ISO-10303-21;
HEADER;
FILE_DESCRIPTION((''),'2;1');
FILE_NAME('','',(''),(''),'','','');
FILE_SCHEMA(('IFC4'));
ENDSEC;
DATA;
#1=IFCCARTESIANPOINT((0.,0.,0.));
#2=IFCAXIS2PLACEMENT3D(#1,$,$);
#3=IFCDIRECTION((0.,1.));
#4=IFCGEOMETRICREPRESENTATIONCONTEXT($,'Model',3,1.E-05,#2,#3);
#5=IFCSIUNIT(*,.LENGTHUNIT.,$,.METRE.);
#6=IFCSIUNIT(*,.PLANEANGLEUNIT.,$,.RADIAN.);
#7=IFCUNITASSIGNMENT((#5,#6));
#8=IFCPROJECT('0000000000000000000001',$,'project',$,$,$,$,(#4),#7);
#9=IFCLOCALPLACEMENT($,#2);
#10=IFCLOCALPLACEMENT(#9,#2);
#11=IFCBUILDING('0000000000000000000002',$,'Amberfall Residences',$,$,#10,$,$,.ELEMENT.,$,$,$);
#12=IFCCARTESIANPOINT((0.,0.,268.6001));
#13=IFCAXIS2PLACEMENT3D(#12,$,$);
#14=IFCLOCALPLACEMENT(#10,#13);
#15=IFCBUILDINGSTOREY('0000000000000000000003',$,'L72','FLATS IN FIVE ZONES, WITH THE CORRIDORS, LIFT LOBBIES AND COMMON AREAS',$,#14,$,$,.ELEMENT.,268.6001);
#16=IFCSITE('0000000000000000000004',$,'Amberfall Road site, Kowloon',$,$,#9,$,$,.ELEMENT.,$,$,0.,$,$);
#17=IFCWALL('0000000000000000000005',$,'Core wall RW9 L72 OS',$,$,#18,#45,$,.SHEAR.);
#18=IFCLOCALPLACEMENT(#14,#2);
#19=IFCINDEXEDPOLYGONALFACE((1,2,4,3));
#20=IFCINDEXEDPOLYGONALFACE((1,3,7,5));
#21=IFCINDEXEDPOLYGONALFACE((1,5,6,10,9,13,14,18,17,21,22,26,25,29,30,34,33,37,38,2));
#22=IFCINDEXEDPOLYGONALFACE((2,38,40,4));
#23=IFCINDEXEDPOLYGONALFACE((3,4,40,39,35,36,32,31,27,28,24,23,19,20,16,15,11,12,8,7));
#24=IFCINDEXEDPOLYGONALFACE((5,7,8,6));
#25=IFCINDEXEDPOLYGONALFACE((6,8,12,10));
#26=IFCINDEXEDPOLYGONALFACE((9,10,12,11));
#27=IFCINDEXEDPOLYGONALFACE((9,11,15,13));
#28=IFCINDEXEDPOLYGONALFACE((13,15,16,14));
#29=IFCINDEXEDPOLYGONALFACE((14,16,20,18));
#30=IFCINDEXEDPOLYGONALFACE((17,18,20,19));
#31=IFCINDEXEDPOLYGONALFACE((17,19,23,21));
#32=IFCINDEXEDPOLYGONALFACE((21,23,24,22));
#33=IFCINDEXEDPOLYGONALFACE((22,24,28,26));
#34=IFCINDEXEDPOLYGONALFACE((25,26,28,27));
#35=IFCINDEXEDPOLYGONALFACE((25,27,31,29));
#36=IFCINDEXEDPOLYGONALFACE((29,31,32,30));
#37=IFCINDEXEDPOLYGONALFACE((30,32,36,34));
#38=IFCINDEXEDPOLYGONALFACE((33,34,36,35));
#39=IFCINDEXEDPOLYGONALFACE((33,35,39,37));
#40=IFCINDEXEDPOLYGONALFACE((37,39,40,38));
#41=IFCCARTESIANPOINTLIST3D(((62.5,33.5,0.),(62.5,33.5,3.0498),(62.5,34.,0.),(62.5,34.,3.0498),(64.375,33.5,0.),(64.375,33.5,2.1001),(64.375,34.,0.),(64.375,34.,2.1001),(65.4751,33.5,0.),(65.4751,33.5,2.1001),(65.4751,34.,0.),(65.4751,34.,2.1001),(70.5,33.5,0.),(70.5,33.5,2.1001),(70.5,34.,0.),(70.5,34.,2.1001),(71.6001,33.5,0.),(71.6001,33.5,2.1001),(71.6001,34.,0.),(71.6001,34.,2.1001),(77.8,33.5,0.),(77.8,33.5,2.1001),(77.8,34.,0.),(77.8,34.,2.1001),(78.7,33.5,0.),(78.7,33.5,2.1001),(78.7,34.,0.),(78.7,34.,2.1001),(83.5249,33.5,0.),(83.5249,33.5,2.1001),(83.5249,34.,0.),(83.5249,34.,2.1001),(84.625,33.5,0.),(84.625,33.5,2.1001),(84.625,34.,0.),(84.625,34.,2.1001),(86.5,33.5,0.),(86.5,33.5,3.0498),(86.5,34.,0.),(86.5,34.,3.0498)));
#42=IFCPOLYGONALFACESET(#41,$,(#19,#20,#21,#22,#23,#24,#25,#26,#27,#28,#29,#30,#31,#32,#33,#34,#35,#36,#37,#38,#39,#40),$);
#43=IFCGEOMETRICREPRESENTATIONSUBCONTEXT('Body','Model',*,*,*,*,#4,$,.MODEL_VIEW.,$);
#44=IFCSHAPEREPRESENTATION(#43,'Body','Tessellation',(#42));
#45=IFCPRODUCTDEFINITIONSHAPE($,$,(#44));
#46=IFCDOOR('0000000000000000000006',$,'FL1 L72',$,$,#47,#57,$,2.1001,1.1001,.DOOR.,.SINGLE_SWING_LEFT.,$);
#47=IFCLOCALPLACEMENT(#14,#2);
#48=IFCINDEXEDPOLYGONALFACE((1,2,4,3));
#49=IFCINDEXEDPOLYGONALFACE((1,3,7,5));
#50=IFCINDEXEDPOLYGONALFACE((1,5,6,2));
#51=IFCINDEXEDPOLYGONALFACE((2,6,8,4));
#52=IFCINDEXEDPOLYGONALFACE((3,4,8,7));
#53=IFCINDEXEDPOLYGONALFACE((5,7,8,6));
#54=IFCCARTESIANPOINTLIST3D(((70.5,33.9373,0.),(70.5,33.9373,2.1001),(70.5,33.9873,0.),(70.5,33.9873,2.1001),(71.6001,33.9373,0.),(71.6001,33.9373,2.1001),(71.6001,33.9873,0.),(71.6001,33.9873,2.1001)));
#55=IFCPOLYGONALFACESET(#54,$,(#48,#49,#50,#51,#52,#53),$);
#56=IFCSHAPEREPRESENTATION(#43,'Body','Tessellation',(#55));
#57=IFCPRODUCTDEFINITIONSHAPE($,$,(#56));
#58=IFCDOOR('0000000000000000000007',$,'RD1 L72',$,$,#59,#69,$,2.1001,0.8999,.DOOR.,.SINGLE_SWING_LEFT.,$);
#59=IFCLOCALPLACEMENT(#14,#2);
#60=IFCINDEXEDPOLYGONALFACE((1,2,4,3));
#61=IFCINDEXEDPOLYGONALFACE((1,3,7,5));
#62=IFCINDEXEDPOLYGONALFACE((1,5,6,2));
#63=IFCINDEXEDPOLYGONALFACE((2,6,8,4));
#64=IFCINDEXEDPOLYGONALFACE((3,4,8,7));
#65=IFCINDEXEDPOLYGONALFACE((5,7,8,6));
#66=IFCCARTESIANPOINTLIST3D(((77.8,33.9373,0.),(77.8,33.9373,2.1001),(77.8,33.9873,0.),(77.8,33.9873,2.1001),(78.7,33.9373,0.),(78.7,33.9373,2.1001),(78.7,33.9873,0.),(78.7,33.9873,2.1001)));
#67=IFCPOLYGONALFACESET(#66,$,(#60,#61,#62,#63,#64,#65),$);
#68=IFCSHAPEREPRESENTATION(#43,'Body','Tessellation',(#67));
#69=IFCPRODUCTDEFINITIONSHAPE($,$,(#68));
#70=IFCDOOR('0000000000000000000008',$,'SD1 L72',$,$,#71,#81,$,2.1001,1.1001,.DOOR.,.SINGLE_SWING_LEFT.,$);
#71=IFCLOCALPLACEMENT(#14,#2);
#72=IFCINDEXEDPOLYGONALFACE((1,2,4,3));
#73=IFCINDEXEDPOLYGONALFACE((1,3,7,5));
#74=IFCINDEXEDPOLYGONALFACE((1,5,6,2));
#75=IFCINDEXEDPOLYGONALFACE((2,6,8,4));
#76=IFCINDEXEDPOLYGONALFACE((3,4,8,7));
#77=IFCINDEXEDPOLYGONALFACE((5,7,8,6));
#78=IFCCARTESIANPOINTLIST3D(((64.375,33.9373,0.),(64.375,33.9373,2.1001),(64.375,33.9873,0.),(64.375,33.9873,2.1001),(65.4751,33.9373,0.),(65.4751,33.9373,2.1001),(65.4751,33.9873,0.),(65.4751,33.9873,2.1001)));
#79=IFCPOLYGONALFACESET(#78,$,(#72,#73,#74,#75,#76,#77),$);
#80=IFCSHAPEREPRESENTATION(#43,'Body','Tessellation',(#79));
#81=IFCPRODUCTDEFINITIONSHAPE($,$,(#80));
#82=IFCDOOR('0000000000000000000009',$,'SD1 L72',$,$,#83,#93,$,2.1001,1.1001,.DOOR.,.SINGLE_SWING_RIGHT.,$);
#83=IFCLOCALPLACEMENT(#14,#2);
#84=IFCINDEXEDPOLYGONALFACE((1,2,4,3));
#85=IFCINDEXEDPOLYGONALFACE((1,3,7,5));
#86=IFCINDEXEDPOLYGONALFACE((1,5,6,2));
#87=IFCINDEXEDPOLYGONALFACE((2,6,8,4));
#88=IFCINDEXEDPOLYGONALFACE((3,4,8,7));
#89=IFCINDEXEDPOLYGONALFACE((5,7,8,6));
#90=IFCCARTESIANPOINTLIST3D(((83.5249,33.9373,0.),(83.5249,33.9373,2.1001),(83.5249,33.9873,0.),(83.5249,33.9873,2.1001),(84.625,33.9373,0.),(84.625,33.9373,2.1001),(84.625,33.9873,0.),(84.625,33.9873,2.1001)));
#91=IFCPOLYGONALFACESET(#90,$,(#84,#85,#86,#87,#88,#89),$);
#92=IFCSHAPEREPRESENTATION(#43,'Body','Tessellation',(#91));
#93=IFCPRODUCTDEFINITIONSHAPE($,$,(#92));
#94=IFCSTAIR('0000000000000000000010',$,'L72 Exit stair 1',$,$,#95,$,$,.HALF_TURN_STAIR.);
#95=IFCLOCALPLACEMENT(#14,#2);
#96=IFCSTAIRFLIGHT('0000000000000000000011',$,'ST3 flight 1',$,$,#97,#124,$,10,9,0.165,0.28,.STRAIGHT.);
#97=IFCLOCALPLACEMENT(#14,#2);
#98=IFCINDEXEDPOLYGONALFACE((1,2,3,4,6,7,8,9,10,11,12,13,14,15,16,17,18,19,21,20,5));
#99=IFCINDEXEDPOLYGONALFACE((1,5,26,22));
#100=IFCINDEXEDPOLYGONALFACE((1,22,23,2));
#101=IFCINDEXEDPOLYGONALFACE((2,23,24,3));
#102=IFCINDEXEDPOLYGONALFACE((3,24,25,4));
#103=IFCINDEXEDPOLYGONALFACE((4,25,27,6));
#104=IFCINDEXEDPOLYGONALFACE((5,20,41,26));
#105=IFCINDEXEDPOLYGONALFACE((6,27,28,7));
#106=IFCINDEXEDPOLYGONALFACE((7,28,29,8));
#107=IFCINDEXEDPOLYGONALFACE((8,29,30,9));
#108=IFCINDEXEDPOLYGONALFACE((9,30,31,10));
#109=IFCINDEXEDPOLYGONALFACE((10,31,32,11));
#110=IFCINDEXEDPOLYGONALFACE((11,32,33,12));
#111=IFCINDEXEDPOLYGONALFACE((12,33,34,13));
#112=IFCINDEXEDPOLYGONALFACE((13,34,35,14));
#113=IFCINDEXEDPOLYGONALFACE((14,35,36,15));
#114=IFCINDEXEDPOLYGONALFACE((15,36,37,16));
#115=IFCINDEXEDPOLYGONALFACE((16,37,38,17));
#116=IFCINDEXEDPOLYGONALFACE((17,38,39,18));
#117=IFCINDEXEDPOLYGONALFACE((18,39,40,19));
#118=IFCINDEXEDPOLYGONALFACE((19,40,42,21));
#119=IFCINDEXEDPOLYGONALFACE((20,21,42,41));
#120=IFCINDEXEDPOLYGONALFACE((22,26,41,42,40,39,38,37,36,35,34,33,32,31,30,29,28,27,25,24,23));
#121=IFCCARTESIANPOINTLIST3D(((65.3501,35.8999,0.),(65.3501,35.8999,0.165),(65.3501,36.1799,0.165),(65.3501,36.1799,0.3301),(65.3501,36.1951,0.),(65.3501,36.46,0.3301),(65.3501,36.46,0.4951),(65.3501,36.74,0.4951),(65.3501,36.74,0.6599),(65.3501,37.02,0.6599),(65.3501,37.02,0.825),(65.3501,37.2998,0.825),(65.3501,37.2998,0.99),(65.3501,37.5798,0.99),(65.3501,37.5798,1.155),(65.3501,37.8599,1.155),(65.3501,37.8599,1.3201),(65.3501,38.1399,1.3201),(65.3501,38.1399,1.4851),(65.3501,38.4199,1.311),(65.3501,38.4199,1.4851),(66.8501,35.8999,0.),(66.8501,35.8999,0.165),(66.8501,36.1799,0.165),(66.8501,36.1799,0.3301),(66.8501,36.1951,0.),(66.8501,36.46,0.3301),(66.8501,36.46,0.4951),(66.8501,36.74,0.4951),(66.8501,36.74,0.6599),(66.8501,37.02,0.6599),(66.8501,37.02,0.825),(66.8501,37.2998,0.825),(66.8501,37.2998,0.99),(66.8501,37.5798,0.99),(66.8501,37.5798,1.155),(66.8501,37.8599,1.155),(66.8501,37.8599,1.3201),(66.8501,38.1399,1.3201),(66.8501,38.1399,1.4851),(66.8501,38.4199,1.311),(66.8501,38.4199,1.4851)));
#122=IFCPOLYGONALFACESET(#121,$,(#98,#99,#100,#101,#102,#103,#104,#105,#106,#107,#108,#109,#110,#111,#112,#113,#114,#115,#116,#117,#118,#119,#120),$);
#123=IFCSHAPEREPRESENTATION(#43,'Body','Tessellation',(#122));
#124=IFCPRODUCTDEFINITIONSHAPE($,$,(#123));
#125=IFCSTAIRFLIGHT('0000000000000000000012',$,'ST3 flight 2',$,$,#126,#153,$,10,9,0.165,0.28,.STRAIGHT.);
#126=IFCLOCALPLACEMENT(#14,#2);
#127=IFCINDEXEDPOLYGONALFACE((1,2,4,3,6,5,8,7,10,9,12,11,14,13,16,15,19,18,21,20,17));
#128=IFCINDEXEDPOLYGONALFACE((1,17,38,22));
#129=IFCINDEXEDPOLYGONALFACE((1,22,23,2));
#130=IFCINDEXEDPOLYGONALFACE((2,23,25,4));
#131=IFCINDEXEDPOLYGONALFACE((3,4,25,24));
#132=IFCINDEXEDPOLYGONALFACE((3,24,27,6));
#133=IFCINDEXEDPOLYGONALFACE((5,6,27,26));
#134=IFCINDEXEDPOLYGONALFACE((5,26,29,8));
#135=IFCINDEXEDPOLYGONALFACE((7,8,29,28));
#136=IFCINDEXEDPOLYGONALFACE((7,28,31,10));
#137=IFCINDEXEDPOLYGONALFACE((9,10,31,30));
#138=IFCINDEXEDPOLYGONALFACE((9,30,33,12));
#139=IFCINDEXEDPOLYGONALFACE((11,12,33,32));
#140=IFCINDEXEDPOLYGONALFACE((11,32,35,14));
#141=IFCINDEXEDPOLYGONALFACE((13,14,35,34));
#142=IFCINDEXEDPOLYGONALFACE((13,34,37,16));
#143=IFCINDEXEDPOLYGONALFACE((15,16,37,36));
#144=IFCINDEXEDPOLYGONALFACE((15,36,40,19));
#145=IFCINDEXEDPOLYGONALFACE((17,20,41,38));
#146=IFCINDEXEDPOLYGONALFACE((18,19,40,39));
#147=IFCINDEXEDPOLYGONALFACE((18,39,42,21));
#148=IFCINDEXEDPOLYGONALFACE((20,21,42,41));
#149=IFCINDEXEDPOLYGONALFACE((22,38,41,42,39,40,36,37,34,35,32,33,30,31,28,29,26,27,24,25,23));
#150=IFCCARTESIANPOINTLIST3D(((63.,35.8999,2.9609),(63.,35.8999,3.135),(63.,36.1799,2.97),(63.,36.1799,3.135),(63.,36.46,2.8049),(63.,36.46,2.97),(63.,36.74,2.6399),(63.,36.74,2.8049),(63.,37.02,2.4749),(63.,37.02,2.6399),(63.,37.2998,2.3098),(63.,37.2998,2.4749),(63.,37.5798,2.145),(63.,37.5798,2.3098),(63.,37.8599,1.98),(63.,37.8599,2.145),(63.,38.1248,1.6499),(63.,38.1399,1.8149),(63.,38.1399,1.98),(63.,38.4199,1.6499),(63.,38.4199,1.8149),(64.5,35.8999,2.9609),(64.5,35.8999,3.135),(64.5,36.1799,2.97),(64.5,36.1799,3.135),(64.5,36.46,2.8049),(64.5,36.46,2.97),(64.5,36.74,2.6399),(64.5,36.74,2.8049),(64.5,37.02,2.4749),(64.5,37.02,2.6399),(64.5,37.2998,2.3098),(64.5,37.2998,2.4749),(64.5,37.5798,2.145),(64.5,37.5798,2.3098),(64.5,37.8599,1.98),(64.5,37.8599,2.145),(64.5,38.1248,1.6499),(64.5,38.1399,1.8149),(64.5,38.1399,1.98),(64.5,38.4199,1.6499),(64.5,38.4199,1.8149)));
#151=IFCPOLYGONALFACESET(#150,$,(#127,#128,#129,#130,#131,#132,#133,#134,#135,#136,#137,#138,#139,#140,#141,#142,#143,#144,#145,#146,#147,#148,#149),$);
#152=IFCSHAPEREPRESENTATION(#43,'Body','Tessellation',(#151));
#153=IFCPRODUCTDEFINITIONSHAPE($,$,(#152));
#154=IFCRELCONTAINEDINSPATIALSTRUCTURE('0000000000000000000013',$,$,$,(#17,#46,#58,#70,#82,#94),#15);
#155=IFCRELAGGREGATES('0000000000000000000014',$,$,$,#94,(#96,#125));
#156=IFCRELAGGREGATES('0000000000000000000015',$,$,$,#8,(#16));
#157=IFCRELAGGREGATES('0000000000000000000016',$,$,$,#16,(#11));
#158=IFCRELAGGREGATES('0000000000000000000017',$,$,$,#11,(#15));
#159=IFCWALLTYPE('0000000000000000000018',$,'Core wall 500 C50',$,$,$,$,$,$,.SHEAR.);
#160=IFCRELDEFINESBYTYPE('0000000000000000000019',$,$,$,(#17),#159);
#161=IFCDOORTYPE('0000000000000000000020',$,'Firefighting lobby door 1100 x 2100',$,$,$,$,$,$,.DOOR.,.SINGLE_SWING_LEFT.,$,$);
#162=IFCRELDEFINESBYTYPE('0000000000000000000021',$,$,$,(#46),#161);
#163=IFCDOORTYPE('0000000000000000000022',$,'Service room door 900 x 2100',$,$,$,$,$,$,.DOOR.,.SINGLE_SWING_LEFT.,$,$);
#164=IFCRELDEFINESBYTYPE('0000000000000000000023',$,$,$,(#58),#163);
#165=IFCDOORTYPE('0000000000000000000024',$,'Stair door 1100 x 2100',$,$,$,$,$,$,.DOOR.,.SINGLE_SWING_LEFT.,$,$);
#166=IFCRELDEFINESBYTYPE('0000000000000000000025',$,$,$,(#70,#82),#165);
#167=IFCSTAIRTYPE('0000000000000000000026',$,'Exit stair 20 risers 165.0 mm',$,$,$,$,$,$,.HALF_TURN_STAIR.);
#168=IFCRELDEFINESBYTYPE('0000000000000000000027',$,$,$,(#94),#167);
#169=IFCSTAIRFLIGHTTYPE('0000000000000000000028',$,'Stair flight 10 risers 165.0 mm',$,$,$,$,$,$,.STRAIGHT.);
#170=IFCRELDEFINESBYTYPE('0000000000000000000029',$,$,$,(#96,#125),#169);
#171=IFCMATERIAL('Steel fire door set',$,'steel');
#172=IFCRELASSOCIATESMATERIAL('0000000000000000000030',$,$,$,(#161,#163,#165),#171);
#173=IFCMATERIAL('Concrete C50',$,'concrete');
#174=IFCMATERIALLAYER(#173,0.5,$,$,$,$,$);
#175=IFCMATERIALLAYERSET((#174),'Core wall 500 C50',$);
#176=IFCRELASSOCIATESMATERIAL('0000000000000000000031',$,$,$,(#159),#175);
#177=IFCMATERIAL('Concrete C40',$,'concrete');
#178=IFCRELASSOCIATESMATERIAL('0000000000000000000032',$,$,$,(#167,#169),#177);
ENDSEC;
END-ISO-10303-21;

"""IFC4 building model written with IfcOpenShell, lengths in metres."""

from ifc_helpers import new_model, si_unit, direction, frame, frame_2d, origin, place, context, subcontext, project, spatial, polyline, rectangle, outline, extrude, material, layer, layer_set, type_object, element, fill, aggregate, save


model = new_model("IFC4")

# Units and contexts
model_context = context("Model", 3, precision=1e-05, world=origin(), true_north=direction((0.0, 1.0)))
body_context = subcontext(model_context, "Body", "Model", "MODEL_VIEW")
ifc_project = project(units=[si_unit("LENGTHUNIT", "METRE"), si_unit("PLANEANGLEUNIT", "RADIAN")], contexts=[model_context])

# Site, building, storey
site_placement = place(None, origin())
site = spatial("IfcSite", under=ifc_project, at=site_placement, Name="Amberfall Road site, Kowloon", CompositionType="ELEMENT", RefElevation=0.0)
building_placement = place(site_placement, origin())
building = spatial("IfcBuilding", under=site, at=building_placement, Name="Amberfall Residences", CompositionType="ELEMENT")
storey_placement = place(building_placement, frame((0.0, 0.0, 268.6001)))
storey = spatial("IfcBuildingStorey", under=building, at=storey_placement, Name="L72", Description="FLATS IN FIVE ZONES, WITH THE CORRIDORS, LIFT LOBBIES AND COMMON AREAS", CompositionType="ELEMENT", Elevation=268.6001)

# Shared definitions
ifc_material_1 = material(Name="Concrete C50", Category="concrete")

# Shared definitions
ifc_material_2 = material(Name="Steel fire door set", Category="steel")
door_type_1 = type_object("IfcDoorType", Name="Firefighting lobby door 1100 x 2100", OperationType="SINGLE_SWING_LEFT", PredefinedType="DOOR", material=ifc_material_2)

# Wall, openings, doors
ifc_layer_1 = layer(ifc_material_1, 0.5)
ifc_layer_set_1 = layer_set([ifc_layer_1], Name="Core wall 500 C50")
wall_type_1 = type_object("IfcWallType", Name="Core wall 500 C50", PredefinedType="SHEAR", material=ifc_layer_set_1)
wall_1_placement = place(storey_placement, frame((62.5, 33.75, 0.0), z_axis=(0.0, 0.0, 1.0), x_axis=(1.0, 0.0, 0.0)))
wall_1 = element("IfcWall", 1, at=wall_1_placement, inside=storey, type_object=wall_type_1, Name="Core wall RW9 L72 OS", PredefinedType="SHEAR", context=body_context, shape_type="SweptSolid", body=[
    extrude(rectangle(XDim=24.0, YDim=0.5, at=frame_2d((12.0, 0.0))), origin(), (0.0, 0.0, 1.0), 3.0498),
])
opening_1_placement = place(wall_1_placement, frame((1.875, 0.0, 0.0)))
opening_1 = element("IfcOpeningElement", 2, at=opening_1_placement, cuts=wall_1, PredefinedType="OPENING", context=body_context, shape_type="SweptSolid", body=[
    extrude(rectangle(XDim=1.1001, YDim=2.1001, at=frame_2d((0.55, 1.05))), frame((0.0, 0.26, 0.0), z_axis=(0.0, -1.0, 0.0), x_axis=(1.0, 0.0, 0.0)), (0.0, 0.0, 1.0), 0.52),
])
opening_2_placement = place(wall_1_placement, frame((21.0249, 0.0, 0.0)))
opening_2 = element("IfcOpeningElement", 3, at=opening_2_placement, cuts=wall_1, PredefinedType="OPENING", context=body_context, shape_type="SweptSolid", body=[
    extrude(rectangle(XDim=1.1001, YDim=2.1001, at=frame_2d((0.55, 1.05))), frame((0.0, 0.26, 0.0), z_axis=(0.0, -1.0, 0.0), x_axis=(1.0, 0.0, 0.0)), (0.0, 0.0, 1.0), 0.52),
])
opening_3_placement = place(wall_1_placement, frame((8.0, 0.0, 0.0)))
opening_3 = element("IfcOpeningElement", 4, at=opening_3_placement, cuts=wall_1, PredefinedType="OPENING", context=body_context, shape_type="SweptSolid", body=[
    extrude(rectangle(XDim=1.1001, YDim=2.1001, at=frame_2d((0.55, 1.05))), frame((0.0, 0.26, 0.0), z_axis=(0.0, -1.0, 0.0), x_axis=(1.0, 0.0, 0.0)), (0.0, 0.0, 1.0), 0.52),
])
opening_4_placement = place(wall_1_placement, frame((15.3, 0.0, 0.0)))
opening_4 = element("IfcOpeningElement", 5, at=opening_4_placement, cuts=wall_1, PredefinedType="OPENING", context=body_context, shape_type="SweptSolid", body=[
    extrude(rectangle(XDim=0.8999, YDim=2.1001, at=frame_2d((0.45, 1.05))), frame((0.0, 0.26, 0.0), z_axis=(0.0, -1.0, 0.0), x_axis=(1.0, 0.0, 0.0)), (0.0, 0.0, 1.0), 0.52),
])
door_1_placement = place(opening_3_placement, origin())
door_1 = element("IfcDoor", 6, at=door_1_placement, inside=storey, type_object=door_type_1, Name="FL1 L72", OperationType="SINGLE_SWING_LEFT", OverallHeight=2.1001, OverallWidth=1.1001, PredefinedType="DOOR", context=body_context, shape_type="SweptSolid", body=[
    extrude(rectangle(XDim=1.1001, YDim=2.1001, at=frame_2d((0.55, 1.05))), frame((0.0, 0.2373, 0.0), z_axis=(0.0, -1.0, 0.0), x_axis=(1.0, 0.0, 0.0)), (0.0, 0.0, 1.0), 0.05),
])
fill(opening_3, door_1)
door_type_2 = type_object("IfcDoorType", Name="Service room door 900 x 2100", OperationType="SINGLE_SWING_LEFT", PredefinedType="DOOR", material=ifc_material_2)
door_2_placement = place(opening_4_placement, origin())
door_2 = element("IfcDoor", 7, at=door_2_placement, inside=storey, type_object=door_type_2, Name="RD1 L72", OperationType="SINGLE_SWING_LEFT", OverallHeight=2.1001, OverallWidth=0.8999, PredefinedType="DOOR", context=body_context, shape_type="SweptSolid", body=[
    extrude(rectangle(XDim=0.8999, YDim=2.1001, at=frame_2d((0.45, 1.05))), frame((0.0, 0.2373, 0.0), z_axis=(0.0, -1.0, 0.0), x_axis=(1.0, 0.0, 0.0)), (0.0, 0.0, 1.0), 0.05),
])
fill(opening_4, door_2)
door_type_3 = type_object("IfcDoorType", Name="Stair door 1100 x 2100", OperationType="SINGLE_SWING_LEFT", PredefinedType="DOOR", material=ifc_material_2)
door_3_placement = place(opening_1_placement, origin())
door_3 = element("IfcDoor", 8, at=door_3_placement, inside=storey, type_object=door_type_3, Name="SD1 L72", OperationType="SINGLE_SWING_LEFT", OverallHeight=2.1001, OverallWidth=1.1001, PredefinedType="DOOR", context=body_context, shape_type="SweptSolid", body=[
    extrude(rectangle(XDim=1.1001, YDim=2.1001, at=frame_2d((0.55, 1.05))), frame((0.0, 0.2373, 0.0), z_axis=(0.0, -1.0, 0.0), x_axis=(1.0, 0.0, 0.0)), (0.0, 0.0, 1.0), 0.05),
])
fill(opening_1, door_3)
door_4_placement = place(opening_2_placement, origin())
door_4 = element("IfcDoor", 9, at=door_4_placement, inside=storey, type_object=door_type_3, Name="SD1 L72", OperationType="SINGLE_SWING_RIGHT", OverallHeight=2.1001, OverallWidth=1.1001, PredefinedType="DOOR", context=body_context, shape_type="SweptSolid", body=[
    extrude(rectangle(XDim=1.1001, YDim=2.1001, at=frame_2d((0.55, 1.05))), frame((0.0, 0.2373, 0.0), z_axis=(0.0, -1.0, 0.0), x_axis=(1.0, 0.0, 0.0)), (0.0, 0.0, 1.0), 0.05),
])
fill(opening_2, door_4)

# Stair, stair flights
ifc_material_3 = material(Name="Concrete C40", Category="concrete")
stair_type = type_object("IfcStairType", Name="Exit stair 20 risers 165.0 mm", PredefinedType="HALF_TURN_STAIR", material=ifc_material_3)
stair_placement = place(storey_placement, origin())
stair = element("IfcStair", 10, at=stair_placement, inside=storey, type_object=stair_type, Name="L72 Exit stair 1", PredefinedType="HALF_TURN_STAIR")
stair_flight_type = type_object("IfcStairFlightType", Name="Stair flight 10 risers 165.0 mm", PredefinedType="STRAIGHT", material=ifc_material_3)
stair_flight_1_placement = place(storey_placement, frame((66.1001, 35.8999, 0.0), z_axis=(0.0, 0.0, 1.0), x_axis=(0.0, 1.0, 0.0)))
stair_flight_1 = element("IfcStairFlight", 11, at=stair_flight_1_placement, type_object=stair_flight_type, Name="ST3 flight 1", NumberOfRisers=10, NumberOfTreads=9, PredefinedType="STRAIGHT", RiserHeight=0.165, TreadLength=0.28, context=body_context, shape_type="SweptSolid", body=[
    extrude(outline(polyline([(0.0, 0.0), (0.0, 0.165), (0.28, 0.165), (0.28, 0.3301), (0.5601, 0.3301), (0.5601, 0.4951), (0.8401, 0.4951), (0.8401, 0.6599), (1.1201, 0.6599), (1.1201, 0.825), (1.3999, 0.825), (1.3999, 0.99), (1.6799, 0.99), (1.6799, 1.155), (1.96, 1.155), (1.96, 1.3201), (2.24, 1.3201), (2.24, 1.4851), (2.52, 1.4851), (2.52, 1.6499), (2.52, 1.311), (0.2952, 0.0), (0.0, 0.0)])), frame((0.0, 0.75, 0.0), z_axis=(0.0, -1.0, 0.0), x_axis=(1.0, 0.0, 0.0)), (0.0, 0.0, 1.0), 1.5),
])
stair_flight_2_placement = place(storey_placement, frame((63.75, 38.4199, 1.6499), z_axis=(0.0, 0.0, 1.0), x_axis=(0.0, -1.0, 0.0)))
stair_flight_2 = element("IfcStairFlight", 12, at=stair_flight_2_placement, type_object=stair_flight_type, Name="ST3 flight 2", NumberOfRisers=10, NumberOfTreads=9, PredefinedType="STRAIGHT", RiserHeight=0.165, TreadLength=0.28, context=body_context, shape_type="SweptSolid", body=[
    extrude(outline(polyline([(0.0, 0.0), (0.0, 0.165), (0.28, 0.165), (0.28, 0.3301), (0.5601, 0.3301), (0.5601, 0.4951), (0.8401, 0.4951), (0.8401, 0.6599), (1.1201, 0.6599), (1.1201, 0.825), (1.3999, 0.825), (1.3999, 0.99), (1.6799, 0.99), (1.6799, 1.155), (1.96, 1.155), (1.96, 1.3201), (2.24, 1.3201), (2.24, 1.4851), (2.52, 1.4851), (2.52, 1.6499), (2.52, 1.311), (0.2952, 0.0), (0.0, 0.0)])), frame((0.0, 0.75, 0.0), z_axis=(0.0, -1.0, 0.0), x_axis=(1.0, 0.0, 0.0)), (0.0, 0.0, 1.0), 1.5),
])
aggregate(stair, [stair_flight_1, stair_flight_2])

save(model, "model.ifc")
